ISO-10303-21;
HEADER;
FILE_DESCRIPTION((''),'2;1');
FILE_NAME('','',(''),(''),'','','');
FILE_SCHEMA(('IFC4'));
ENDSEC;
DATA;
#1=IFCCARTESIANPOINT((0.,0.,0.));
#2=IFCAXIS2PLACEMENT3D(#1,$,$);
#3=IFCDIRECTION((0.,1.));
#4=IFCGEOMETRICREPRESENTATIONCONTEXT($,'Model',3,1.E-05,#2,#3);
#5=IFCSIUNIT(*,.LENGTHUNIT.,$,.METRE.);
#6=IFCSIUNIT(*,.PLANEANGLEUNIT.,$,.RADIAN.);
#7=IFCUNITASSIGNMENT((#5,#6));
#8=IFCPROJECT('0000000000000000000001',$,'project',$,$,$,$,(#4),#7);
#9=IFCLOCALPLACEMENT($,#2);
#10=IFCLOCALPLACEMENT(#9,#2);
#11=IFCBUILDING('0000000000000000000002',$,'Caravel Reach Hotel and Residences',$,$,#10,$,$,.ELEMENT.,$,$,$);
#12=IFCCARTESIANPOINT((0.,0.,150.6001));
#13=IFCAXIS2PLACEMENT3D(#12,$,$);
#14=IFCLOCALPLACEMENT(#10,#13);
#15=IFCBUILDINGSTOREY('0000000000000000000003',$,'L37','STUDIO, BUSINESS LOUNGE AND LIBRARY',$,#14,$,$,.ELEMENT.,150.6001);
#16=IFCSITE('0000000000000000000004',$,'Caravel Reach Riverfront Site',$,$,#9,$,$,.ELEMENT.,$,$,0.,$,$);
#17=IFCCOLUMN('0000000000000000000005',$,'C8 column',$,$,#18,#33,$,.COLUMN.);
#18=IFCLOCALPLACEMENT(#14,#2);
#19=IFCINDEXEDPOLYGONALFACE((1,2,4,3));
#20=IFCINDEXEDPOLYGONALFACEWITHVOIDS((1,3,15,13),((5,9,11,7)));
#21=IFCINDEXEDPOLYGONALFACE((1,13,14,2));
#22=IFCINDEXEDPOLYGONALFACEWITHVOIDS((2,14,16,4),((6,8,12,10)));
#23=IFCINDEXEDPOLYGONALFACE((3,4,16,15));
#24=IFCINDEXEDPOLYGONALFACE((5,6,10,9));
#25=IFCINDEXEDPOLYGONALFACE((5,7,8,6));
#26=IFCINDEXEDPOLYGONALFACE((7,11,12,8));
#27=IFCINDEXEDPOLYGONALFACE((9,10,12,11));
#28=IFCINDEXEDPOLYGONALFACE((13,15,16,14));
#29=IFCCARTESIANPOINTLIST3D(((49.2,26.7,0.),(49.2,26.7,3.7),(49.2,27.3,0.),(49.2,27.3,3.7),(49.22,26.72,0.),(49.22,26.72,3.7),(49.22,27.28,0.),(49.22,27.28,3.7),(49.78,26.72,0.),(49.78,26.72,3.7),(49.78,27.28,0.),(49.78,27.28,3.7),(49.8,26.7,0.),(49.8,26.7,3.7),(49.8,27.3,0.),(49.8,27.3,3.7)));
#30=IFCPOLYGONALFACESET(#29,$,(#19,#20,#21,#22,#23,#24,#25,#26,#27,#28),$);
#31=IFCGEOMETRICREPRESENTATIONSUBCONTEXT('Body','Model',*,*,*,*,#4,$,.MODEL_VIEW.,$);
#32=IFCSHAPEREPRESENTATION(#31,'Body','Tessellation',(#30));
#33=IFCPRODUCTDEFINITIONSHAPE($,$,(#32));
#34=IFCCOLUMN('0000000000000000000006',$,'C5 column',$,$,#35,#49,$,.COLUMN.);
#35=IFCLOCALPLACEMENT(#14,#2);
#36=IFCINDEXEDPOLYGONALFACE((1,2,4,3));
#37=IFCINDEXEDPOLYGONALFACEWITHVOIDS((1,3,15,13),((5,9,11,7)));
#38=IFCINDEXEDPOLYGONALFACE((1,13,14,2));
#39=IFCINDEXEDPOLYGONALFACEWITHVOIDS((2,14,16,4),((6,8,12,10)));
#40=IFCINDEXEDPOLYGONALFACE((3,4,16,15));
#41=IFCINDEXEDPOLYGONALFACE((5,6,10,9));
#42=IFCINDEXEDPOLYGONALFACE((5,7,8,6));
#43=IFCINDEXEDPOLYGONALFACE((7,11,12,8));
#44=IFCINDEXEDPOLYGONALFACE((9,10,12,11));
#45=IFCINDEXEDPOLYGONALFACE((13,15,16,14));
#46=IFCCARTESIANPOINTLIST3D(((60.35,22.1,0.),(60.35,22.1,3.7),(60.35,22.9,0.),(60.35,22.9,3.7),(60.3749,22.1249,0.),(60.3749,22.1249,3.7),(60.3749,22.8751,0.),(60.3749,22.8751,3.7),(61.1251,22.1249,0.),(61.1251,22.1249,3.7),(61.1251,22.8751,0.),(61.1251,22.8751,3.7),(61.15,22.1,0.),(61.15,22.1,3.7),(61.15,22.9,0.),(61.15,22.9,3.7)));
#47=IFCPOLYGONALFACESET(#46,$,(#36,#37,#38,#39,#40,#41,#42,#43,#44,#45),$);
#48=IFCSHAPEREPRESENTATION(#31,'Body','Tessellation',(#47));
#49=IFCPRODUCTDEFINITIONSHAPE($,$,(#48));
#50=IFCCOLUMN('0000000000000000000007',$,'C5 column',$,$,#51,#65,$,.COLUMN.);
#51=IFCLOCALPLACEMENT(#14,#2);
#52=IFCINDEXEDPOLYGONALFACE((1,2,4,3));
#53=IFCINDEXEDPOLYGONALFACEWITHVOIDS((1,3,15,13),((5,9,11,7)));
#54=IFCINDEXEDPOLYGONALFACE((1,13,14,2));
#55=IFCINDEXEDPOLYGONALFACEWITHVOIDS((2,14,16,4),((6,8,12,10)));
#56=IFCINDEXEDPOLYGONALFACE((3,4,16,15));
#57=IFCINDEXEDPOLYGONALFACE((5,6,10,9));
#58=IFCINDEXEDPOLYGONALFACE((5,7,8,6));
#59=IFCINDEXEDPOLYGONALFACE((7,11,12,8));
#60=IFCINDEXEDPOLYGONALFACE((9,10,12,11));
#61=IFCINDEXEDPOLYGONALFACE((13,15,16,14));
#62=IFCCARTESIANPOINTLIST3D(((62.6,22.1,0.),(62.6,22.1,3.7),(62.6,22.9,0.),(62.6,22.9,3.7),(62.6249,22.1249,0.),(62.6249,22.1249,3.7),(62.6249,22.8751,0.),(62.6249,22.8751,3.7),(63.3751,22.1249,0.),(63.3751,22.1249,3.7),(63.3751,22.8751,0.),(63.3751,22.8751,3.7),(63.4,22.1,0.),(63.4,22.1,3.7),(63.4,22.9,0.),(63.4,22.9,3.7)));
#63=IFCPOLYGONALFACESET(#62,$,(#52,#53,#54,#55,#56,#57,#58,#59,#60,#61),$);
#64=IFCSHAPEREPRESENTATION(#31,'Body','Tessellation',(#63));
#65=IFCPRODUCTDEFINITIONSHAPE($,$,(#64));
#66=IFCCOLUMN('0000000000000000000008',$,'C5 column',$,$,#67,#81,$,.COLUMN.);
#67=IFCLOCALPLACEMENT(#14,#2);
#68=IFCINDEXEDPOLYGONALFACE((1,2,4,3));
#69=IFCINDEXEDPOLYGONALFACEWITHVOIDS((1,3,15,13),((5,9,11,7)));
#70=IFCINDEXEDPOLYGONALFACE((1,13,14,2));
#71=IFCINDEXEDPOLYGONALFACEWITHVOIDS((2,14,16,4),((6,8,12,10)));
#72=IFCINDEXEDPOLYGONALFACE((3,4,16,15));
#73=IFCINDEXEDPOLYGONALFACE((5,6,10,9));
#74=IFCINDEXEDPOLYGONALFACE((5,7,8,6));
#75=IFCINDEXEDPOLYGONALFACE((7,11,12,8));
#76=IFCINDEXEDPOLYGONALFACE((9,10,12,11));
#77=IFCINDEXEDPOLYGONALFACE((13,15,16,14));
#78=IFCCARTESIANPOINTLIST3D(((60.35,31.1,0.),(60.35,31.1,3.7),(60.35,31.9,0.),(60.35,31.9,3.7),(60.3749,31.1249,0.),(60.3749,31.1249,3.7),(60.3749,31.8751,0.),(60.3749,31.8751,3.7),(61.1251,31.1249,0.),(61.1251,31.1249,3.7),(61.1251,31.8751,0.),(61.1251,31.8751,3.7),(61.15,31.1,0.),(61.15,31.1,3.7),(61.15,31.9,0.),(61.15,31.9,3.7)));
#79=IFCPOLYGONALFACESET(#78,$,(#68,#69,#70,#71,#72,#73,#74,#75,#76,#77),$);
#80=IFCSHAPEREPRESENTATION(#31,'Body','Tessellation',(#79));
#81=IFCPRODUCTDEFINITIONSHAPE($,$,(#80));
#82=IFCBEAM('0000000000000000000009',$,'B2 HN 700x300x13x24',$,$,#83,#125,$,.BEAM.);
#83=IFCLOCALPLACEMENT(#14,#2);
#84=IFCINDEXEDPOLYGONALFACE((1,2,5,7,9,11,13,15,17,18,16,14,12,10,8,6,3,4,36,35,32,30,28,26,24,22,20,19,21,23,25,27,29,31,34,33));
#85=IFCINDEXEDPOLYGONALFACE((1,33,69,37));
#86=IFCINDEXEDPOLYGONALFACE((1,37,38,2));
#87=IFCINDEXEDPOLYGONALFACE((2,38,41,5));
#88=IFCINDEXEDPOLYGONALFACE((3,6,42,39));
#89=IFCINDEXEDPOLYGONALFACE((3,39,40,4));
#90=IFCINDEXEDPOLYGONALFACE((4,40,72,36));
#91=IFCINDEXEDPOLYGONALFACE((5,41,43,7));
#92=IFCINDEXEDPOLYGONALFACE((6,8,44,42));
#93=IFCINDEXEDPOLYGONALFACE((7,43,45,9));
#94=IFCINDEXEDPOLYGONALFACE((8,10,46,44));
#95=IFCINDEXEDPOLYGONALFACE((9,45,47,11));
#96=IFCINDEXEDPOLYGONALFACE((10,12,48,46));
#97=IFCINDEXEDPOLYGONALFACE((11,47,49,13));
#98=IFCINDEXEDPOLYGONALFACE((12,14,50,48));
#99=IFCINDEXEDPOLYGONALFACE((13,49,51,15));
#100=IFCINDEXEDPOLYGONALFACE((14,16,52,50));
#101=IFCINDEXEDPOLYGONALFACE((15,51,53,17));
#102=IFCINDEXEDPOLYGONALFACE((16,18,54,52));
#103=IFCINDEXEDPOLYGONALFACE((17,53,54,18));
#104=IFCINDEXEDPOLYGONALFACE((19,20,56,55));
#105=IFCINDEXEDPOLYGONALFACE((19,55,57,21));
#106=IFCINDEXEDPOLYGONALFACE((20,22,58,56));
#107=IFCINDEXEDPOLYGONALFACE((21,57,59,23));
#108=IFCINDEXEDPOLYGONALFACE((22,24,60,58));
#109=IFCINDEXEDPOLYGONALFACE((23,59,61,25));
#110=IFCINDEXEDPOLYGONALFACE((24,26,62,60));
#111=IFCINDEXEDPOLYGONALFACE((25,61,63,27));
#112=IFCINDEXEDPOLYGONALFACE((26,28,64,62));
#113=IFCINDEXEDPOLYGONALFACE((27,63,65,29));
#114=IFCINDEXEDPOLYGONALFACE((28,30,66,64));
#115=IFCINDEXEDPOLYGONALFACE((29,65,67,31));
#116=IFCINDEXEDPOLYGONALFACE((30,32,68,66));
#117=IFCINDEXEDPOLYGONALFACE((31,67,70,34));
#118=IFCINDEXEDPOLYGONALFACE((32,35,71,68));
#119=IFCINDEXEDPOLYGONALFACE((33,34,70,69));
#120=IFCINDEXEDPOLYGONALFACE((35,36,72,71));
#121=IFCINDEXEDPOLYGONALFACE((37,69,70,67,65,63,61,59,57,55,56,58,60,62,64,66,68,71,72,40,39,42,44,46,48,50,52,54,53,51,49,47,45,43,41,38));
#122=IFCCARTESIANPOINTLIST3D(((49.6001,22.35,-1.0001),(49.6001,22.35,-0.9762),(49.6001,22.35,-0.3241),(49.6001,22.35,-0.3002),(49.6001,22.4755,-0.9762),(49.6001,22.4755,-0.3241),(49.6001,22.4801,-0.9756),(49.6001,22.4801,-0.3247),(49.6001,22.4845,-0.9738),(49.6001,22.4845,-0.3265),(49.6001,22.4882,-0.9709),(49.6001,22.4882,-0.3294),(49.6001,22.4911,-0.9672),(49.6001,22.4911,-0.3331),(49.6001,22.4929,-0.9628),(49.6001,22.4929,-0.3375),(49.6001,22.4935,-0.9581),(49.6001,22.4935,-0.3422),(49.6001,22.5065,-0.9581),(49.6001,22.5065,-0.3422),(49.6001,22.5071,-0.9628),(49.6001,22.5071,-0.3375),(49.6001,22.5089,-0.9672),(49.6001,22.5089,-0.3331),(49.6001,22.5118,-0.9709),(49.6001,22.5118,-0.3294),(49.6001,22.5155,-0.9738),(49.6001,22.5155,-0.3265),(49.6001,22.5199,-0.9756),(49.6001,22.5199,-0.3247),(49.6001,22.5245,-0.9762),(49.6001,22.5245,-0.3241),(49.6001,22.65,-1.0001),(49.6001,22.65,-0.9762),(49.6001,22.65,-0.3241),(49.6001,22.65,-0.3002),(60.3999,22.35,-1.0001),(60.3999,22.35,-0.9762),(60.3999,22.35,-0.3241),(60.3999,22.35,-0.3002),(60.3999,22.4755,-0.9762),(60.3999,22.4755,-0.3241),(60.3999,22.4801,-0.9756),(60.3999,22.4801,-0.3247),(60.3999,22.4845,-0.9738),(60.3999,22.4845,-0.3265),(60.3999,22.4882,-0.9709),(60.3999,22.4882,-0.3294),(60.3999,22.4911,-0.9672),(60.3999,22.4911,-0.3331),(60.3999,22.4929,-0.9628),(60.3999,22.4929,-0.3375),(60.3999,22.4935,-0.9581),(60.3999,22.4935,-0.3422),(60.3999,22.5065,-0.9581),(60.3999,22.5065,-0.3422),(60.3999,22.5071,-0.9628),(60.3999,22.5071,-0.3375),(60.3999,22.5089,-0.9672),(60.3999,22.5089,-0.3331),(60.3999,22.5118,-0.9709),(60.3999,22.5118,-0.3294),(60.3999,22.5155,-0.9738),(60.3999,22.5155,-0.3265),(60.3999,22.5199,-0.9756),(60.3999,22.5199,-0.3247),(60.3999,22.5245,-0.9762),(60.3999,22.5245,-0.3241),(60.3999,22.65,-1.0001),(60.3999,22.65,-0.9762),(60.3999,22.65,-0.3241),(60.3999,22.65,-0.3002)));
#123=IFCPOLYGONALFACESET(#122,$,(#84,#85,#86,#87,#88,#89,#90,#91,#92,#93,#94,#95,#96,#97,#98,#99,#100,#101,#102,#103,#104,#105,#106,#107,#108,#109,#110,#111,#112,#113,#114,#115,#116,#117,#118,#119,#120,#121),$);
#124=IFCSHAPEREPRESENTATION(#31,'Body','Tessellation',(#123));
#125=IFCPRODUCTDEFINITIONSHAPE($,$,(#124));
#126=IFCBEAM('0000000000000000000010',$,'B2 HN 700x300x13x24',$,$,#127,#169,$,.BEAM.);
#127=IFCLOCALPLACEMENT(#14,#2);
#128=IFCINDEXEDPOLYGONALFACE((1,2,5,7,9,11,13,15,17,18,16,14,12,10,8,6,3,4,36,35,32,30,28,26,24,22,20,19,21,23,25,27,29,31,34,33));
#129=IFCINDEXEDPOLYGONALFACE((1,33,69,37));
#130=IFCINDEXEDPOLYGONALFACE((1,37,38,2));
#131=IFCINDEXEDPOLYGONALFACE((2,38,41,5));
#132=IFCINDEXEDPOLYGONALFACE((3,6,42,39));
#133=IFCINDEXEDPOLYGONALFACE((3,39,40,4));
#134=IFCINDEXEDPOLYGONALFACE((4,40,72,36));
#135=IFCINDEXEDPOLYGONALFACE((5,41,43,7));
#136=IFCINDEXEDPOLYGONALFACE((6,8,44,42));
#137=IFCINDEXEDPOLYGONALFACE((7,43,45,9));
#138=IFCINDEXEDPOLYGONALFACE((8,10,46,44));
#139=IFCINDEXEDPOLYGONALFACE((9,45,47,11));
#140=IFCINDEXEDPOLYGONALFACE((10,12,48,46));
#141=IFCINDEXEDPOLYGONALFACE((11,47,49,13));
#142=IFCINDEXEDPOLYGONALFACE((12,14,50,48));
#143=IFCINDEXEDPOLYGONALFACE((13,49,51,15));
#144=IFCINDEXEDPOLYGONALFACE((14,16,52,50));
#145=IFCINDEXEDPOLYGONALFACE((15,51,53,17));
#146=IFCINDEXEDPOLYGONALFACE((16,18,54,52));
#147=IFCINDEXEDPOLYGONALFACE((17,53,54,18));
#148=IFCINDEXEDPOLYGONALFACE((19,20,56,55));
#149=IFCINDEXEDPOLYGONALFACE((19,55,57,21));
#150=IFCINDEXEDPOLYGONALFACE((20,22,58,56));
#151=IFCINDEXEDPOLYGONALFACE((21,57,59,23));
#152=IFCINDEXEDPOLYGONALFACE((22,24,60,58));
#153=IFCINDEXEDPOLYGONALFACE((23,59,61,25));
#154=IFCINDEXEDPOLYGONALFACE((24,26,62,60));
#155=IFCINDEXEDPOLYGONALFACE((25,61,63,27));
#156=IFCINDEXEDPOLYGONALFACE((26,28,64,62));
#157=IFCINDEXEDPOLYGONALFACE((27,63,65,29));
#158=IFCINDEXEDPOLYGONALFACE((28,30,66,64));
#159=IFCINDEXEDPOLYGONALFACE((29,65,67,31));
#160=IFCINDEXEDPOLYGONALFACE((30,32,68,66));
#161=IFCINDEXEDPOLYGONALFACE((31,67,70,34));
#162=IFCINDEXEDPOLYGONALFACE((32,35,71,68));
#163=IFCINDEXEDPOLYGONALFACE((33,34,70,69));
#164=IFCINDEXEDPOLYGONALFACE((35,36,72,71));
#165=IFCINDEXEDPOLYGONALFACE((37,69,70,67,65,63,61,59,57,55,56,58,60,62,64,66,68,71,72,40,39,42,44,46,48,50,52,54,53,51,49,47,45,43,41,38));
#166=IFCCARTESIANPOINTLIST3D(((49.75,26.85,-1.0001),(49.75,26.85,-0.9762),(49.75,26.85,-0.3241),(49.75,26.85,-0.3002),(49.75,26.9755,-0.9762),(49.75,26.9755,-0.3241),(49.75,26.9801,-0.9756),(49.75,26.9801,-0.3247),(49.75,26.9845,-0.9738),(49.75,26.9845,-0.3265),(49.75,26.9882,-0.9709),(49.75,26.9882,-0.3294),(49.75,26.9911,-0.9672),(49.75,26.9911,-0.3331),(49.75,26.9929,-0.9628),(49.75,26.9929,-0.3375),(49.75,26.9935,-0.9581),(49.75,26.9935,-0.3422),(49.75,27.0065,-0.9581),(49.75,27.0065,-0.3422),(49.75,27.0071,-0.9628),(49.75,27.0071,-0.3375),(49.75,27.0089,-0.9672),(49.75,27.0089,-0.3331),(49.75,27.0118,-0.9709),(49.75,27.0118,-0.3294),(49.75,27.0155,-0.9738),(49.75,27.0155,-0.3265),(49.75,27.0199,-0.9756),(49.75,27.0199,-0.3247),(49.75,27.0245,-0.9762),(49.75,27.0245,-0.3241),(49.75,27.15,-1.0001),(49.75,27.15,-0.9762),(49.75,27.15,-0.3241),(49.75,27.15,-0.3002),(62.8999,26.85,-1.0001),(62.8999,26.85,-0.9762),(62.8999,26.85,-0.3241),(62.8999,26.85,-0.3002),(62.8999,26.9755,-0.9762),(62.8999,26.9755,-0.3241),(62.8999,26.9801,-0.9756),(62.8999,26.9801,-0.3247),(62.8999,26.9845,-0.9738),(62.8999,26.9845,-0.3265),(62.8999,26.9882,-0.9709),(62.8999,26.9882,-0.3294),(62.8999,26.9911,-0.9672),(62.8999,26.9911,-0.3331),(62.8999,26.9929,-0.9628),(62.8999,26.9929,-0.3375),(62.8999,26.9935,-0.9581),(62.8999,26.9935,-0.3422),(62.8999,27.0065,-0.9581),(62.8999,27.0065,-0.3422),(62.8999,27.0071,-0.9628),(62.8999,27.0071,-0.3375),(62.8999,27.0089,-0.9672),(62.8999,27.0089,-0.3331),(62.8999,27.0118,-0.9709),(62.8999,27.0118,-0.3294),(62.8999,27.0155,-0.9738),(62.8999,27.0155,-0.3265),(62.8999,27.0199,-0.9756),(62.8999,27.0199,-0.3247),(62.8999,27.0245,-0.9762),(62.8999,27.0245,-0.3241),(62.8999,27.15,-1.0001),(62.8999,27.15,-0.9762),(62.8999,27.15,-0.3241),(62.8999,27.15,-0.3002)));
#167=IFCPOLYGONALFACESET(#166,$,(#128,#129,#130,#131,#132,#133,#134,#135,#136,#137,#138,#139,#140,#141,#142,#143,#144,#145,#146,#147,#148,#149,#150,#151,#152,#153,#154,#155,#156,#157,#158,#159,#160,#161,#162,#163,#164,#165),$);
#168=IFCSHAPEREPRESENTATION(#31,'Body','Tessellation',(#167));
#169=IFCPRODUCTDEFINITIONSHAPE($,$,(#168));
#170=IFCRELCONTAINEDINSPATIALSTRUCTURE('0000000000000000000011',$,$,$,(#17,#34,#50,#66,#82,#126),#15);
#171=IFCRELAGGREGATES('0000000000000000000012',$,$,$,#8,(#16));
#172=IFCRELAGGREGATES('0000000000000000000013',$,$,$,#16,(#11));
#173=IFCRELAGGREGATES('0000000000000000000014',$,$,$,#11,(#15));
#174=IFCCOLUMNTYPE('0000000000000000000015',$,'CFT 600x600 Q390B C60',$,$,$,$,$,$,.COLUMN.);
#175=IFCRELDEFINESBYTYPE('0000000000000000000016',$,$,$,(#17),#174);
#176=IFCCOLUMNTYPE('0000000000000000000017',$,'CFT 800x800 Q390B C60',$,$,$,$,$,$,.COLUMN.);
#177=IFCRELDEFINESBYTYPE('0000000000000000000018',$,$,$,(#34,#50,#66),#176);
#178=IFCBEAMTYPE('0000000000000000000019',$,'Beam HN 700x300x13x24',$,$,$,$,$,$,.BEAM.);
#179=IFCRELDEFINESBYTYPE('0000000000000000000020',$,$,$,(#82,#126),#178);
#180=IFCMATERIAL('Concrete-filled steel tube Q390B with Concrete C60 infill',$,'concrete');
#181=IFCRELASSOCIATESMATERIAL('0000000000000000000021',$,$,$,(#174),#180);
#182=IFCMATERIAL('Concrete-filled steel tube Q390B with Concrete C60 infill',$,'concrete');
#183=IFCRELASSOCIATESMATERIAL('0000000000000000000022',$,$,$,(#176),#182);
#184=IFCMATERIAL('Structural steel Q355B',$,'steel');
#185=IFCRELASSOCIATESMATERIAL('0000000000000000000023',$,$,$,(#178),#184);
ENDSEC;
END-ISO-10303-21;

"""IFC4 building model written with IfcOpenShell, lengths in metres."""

from ifc_helpers import new_model, si_unit, direction, frame, origin, origin_2d, place, context, subcontext, project, spatial, hollow_rectangle, i_section, extrude, material, material_profile, profile_set, type_object, element, save


model = new_model("IFC4")

# Units and contexts
model_context = context("Model", 3, precision=1e-05, world=origin(), true_north=direction((0.0, 1.0)))
body_context = subcontext(model_context, "Body", "Model", "MODEL_VIEW")
ifc_project = project(units=[si_unit("LENGTHUNIT", "METRE"), si_unit("PLANEANGLEUNIT", "RADIAN")], contexts=[model_context])

# Site, building, storey
site_placement = place(None, origin())
site = spatial("IfcSite", under=ifc_project, at=site_placement, Name="Caravel Reach Riverfront Site", CompositionType="ELEMENT", RefElevation=0.0)
building_placement = place(site_placement, origin())
building = spatial("IfcBuilding", under=site, at=building_placement, Name="Caravel Reach Hotel and Residences", CompositionType="ELEMENT")
storey_placement = place(building_placement, frame((0.0, 0.0, 150.6001)))
storey = spatial("IfcBuildingStorey", under=building, at=storey_placement, Name="L37", Description="STUDIO, BUSINESS LOUNGE AND LIBRARY", CompositionType="ELEMENT", Elevation=150.6001)

# Columns
ifc_material_1 = material(Name="Concrete-filled steel tube Q390B with Concrete C60 infill", Category="concrete")
ifc_material_profile_1 = material_profile(ifc_material_1, hollow_rectangle(XDim=0.6001, YDim=0.6001, WallThickness=0.02, at=origin_2d()), Name="RHS 600x600x20")
ifc_profile_set_1 = profile_set([ifc_material_profile_1], Name="Concrete-filled steel tube Q390B with Concrete C60 infill")
column_type_1 = type_object("IfcColumnType", Name="CFT 600x600 Q390B C60", PredefinedType="COLUMN", material=ifc_profile_set_1)
column_placement = place(storey_placement, frame((49.5, 27.0, 0.0), z_axis=(0.0, 0.0, 1.0), x_axis=(1.0, 0.0, 0.0)))
element("IfcColumn", 1, at=column_placement, inside=storey, type_object=column_type_1, Name="C8 column", PredefinedType="COLUMN", context=body_context, shape_type="SweptSolid", body=[
    extrude(hollow_rectangle(XDim=0.6001, YDim=0.6001, WallThickness=0.02, at=origin_2d()), origin(), (0.0, 0.0, 1.0), 3.7),
])
ifc_material_2 = material(Name="Concrete-filled steel tube Q390B with Concrete C60 infill", Category="concrete")
ifc_material_profile_2 = material_profile(ifc_material_2, hollow_rectangle(XDim=0.8, YDim=0.8, WallThickness=0.0249, at=origin_2d()), Name="RHS 800x800x25")
ifc_profile_set_2 = profile_set([ifc_material_profile_2], Name="Concrete-filled steel tube Q390B with Concrete C60 infill")
column_type_2 = type_object("IfcColumnType", Name="CFT 800x800 Q390B C60", PredefinedType="COLUMN", material=ifc_profile_set_2)
for number, where, z_axis, x_axis, name in (
    (2, (60.75, 22.5, 0.0), (0.0, 0.0, 1.0), (1.0, 0.0, 0.0), "C5 column"),
    (3, (63.0, 22.5, 0.0), (0.0, 0.0, 1.0), (1.0, 0.0, 0.0), "C5 column"),
    (4, (60.75, 31.5, 0.0), (0.0, 0.0, 1.0), (1.0, 0.0, 0.0), "C5 column"),
):
    element("IfcColumn", number, at=place(storey_placement, frame(where, z_axis=z_axis, x_axis=x_axis)), inside=storey, type_object=column_type_2, Name=name, PredefinedType="COLUMN", context=body_context, shape_type="SweptSolid", body=[
        extrude(hollow_rectangle(XDim=0.8, YDim=0.8, WallThickness=0.0249, at=origin_2d()), origin(), (0.0, 0.0, 1.0), 3.7),
    ])

# Beams
ifc_material_3 = material(Name="Structural steel Q355B", Category="steel")
ifc_material_profile_3 = material_profile(ifc_material_3, i_section(OverallWidth=0.3, OverallDepth=0.7, WebThickness=0.0129, FlangeThickness=0.0239, FilletRadius=0.0181, at=origin_2d()), Name="HN 700x300x13x24")
ifc_profile_set_3 = profile_set([ifc_material_profile_3], Name="Structural steel Q355B")
beam_type_1 = type_object("IfcBeamType", Name="Beam HN 700x300x13x24", PredefinedType="BEAM", material=ifc_profile_set_3)
beam_1_placement = place(storey_placement, frame((49.6001, 22.5, -0.6501), z_axis=(1.0, 0.0, 0.0), x_axis=(0.0, 1.0, 0.0)))
element("IfcBeam", 5, at=beam_1_placement, inside=storey, type_object=beam_type_1, Name="B2 HN 700x300x13x24", PredefinedType="BEAM", context=body_context, shape_type="SweptSolid", body=[
    extrude(i_section(OverallWidth=0.3, OverallDepth=0.7, WebThickness=0.0129, FlangeThickness=0.0239, FilletRadius=0.0181, at=origin_2d()), origin(), (0.0, 0.0, 1.0), 10.7998),
])
beam_2_placement = place(storey_placement, frame((49.75, 27.0, -0.6501), z_axis=(1.0, 0.0, 0.0), x_axis=(0.0, 1.0, 0.0)))
element("IfcBeam", 6, at=beam_2_placement, inside=storey, type_object=beam_type_1, Name="B2 HN 700x300x13x24", PredefinedType="BEAM", context=body_context, shape_type="SweptSolid", body=[
    extrude(i_section(OverallWidth=0.3, OverallDepth=0.7, WebThickness=0.0129, FlangeThickness=0.0239, FilletRadius=0.0181, at=origin_2d()), origin(), (0.0, 0.0, 1.0), 13.1499),
])

save(model, "model.ifc")
